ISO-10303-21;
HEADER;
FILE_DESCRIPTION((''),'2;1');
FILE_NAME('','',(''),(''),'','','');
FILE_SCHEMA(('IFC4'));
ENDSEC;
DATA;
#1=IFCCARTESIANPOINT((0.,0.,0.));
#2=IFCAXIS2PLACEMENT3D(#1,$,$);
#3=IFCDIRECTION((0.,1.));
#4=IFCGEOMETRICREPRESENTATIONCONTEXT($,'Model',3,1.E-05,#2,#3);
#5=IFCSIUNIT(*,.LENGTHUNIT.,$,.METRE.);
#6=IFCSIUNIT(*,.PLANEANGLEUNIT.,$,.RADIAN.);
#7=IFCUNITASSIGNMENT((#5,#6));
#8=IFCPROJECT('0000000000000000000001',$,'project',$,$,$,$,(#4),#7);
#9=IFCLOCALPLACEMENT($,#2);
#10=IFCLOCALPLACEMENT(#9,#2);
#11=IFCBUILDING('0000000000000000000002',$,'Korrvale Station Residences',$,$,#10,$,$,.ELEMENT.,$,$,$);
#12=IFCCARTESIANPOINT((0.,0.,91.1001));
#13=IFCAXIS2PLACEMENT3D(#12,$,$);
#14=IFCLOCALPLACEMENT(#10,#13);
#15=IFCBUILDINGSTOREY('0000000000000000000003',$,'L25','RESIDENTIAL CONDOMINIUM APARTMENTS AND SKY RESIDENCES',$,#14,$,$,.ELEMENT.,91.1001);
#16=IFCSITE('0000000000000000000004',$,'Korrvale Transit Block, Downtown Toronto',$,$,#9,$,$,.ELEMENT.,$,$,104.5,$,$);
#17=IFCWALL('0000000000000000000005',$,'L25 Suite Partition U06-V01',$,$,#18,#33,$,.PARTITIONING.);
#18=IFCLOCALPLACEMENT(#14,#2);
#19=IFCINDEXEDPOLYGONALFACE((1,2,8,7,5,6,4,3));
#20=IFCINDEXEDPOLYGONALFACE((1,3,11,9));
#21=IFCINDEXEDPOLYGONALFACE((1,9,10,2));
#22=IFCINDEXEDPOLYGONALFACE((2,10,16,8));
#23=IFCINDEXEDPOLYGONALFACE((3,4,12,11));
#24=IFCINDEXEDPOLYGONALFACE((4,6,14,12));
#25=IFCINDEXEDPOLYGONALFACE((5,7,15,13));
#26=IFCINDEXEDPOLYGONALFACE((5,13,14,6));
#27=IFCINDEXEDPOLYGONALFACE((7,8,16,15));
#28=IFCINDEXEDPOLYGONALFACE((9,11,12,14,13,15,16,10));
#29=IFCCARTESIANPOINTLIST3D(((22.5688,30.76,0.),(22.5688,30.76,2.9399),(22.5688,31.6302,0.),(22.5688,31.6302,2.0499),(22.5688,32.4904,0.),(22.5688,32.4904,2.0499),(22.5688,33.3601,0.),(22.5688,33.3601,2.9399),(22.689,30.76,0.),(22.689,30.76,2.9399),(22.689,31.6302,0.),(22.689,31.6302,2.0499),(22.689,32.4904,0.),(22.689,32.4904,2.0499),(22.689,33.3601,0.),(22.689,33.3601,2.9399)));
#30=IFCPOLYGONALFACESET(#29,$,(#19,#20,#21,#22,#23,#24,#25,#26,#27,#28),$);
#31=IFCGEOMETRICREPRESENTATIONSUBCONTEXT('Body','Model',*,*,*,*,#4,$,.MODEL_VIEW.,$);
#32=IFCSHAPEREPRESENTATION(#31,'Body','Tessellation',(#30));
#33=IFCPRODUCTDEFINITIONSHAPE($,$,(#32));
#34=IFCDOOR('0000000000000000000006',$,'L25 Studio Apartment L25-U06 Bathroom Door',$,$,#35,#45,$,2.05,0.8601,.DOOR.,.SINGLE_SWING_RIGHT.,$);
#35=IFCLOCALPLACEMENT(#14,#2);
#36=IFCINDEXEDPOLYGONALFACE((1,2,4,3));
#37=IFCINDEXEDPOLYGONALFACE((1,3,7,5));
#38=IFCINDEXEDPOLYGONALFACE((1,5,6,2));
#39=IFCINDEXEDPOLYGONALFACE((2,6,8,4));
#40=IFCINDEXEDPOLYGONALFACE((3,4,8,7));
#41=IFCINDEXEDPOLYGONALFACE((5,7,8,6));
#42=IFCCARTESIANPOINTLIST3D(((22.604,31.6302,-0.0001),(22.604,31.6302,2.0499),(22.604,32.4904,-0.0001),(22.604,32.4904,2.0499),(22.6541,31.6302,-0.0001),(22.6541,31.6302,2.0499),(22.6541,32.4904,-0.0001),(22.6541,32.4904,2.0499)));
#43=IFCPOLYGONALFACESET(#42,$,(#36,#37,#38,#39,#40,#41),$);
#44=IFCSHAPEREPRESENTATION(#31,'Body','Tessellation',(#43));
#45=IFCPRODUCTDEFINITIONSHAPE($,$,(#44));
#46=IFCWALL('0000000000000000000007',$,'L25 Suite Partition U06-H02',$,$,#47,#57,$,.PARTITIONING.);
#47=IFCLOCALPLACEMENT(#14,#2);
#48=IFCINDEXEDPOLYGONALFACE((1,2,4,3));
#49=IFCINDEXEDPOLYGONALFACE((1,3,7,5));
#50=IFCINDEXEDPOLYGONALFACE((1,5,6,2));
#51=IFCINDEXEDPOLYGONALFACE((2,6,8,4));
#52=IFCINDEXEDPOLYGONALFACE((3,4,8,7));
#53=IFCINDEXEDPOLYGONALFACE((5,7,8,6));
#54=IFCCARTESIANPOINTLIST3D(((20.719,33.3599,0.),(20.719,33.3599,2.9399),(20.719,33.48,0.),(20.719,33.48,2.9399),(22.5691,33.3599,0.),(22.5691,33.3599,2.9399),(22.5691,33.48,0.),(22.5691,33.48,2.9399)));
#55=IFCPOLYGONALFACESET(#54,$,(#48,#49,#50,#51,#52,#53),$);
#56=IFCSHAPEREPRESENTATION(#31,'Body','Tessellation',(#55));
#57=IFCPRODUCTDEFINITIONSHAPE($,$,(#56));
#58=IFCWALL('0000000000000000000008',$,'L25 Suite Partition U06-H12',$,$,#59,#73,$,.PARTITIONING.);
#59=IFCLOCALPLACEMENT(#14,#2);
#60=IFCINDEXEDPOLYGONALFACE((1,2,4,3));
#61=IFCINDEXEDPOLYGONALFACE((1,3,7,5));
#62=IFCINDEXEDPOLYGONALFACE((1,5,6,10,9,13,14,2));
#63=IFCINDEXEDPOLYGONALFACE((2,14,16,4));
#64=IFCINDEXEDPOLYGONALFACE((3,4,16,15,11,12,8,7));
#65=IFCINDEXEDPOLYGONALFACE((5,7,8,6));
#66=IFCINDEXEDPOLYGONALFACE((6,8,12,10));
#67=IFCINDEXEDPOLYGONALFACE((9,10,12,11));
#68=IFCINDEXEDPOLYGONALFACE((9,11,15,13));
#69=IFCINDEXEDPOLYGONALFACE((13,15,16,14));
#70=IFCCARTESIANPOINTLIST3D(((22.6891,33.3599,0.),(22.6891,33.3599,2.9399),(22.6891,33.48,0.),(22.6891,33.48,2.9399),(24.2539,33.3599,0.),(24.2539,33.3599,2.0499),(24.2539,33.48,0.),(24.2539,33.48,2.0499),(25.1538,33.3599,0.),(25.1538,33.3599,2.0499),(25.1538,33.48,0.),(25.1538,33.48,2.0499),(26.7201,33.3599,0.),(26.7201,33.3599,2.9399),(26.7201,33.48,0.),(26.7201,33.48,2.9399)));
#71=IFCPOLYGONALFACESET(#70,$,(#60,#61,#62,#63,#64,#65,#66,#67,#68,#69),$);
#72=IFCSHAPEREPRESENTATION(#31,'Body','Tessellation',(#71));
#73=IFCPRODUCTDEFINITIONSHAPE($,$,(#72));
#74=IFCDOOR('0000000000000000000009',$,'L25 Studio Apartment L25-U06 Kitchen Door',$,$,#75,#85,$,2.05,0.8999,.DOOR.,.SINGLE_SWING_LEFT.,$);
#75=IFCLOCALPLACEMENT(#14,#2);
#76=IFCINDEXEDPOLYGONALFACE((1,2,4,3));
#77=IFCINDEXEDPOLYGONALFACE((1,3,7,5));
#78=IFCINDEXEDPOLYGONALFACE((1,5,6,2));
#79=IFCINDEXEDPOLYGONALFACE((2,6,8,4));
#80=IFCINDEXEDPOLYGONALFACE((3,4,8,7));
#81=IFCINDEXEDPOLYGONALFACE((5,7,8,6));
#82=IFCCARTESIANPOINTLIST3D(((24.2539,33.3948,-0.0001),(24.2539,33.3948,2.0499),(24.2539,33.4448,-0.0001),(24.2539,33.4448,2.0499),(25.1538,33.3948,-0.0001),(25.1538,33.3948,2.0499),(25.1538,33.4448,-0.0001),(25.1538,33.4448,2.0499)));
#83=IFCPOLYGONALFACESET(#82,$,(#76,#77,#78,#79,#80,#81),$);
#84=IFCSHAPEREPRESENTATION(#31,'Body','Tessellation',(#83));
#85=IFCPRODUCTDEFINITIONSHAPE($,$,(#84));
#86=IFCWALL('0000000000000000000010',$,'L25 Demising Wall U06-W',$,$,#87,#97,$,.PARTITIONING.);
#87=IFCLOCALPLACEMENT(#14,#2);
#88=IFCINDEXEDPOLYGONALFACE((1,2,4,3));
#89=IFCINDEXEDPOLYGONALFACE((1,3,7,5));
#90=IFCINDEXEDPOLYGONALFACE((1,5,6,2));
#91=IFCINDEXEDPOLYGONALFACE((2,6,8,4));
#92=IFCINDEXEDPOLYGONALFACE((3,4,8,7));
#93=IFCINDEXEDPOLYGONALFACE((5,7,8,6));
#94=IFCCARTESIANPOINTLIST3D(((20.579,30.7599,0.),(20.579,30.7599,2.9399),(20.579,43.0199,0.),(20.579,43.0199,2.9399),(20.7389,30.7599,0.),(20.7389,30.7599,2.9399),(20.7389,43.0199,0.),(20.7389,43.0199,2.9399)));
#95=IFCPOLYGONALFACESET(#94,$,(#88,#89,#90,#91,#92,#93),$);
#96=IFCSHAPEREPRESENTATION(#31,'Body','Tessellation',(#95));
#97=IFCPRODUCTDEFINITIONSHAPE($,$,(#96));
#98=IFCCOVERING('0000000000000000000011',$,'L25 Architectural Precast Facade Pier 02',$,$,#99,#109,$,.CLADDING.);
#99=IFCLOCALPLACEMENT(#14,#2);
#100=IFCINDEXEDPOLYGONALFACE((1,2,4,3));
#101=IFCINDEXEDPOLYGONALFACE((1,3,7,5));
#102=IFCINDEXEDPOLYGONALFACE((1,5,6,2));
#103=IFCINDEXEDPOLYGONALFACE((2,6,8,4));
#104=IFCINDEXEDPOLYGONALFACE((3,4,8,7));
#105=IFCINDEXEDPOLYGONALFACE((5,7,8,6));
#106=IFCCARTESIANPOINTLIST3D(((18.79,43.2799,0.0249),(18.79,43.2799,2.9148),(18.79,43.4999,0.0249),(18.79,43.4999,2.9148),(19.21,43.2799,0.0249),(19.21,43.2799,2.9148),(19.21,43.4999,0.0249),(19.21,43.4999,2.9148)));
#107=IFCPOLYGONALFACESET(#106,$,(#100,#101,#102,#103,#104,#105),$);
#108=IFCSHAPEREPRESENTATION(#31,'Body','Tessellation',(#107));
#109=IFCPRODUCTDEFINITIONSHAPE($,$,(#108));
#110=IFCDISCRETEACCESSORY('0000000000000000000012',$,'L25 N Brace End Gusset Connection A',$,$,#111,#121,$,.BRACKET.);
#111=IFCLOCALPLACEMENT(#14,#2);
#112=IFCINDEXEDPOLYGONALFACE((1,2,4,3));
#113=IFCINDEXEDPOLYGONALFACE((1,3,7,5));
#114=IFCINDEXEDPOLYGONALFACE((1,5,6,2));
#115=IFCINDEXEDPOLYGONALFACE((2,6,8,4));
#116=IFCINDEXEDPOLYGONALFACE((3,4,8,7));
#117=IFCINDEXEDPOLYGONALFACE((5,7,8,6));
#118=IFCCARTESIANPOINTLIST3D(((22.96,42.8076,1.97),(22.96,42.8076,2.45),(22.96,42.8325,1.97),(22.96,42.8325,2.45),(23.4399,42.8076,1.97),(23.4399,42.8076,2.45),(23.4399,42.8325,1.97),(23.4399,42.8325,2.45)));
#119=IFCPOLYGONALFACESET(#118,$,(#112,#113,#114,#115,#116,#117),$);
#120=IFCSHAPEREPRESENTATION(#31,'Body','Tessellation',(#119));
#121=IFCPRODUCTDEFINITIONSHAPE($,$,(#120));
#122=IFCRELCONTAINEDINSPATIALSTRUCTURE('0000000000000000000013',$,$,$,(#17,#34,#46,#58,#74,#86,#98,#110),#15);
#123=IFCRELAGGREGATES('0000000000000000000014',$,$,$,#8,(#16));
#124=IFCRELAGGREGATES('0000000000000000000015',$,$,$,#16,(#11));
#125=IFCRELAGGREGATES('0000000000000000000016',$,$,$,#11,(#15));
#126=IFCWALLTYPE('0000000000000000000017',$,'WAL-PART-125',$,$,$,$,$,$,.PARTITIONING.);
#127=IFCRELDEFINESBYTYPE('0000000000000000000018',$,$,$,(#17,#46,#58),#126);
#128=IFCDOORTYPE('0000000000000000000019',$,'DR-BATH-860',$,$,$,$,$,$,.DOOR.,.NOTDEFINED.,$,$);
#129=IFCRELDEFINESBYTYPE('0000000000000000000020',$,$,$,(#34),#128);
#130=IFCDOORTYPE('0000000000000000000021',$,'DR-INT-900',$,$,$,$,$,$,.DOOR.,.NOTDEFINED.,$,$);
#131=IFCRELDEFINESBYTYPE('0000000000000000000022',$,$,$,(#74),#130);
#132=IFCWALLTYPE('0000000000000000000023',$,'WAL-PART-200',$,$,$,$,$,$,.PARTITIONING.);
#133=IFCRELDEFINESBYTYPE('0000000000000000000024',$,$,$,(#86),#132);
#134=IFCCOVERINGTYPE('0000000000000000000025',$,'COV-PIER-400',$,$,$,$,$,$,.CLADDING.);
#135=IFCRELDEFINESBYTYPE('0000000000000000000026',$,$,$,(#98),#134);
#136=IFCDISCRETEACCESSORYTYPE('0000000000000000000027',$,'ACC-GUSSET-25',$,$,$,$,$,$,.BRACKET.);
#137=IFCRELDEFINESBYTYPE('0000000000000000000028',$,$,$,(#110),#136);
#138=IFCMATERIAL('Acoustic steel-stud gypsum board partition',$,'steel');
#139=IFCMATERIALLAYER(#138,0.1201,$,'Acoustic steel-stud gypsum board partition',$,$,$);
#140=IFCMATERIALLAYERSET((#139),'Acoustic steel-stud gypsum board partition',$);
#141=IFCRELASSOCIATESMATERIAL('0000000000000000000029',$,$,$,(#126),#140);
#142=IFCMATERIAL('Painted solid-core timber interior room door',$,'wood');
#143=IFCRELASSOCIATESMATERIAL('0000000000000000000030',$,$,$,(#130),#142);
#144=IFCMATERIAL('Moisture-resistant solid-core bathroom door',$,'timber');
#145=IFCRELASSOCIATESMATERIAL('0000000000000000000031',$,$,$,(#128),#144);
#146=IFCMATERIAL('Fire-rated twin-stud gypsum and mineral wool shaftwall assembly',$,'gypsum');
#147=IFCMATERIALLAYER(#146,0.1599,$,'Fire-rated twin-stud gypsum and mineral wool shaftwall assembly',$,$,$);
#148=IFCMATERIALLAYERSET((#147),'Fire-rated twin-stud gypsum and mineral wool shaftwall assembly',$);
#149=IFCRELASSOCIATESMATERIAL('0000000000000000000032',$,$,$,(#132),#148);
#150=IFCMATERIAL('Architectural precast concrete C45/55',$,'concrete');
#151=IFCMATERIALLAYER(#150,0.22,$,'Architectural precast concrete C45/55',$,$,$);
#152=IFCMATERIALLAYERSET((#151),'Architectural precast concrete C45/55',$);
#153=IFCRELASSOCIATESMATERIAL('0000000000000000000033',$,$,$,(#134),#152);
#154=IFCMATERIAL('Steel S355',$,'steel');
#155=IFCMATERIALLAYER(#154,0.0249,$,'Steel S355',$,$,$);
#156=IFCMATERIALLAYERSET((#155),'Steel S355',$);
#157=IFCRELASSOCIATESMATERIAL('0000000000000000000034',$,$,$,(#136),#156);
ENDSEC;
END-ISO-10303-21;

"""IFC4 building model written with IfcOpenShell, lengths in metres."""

from ifc_helpers import new_model, si_unit, direction, frame, frame_2d, origin, origin_2d, place, context, subcontext, project, spatial, rectangle, extrude, material, layer, layer_set, type_object, element, fill, save


model = new_model("IFC4")

# Units and contexts
model_context = context("Model", 3, precision=1e-05, world=origin(), true_north=direction((0.0, 1.0)))
body_context = subcontext(model_context, "Body", "Model", "MODEL_VIEW")
ifc_project = project(units=[si_unit("LENGTHUNIT", "METRE"), si_unit("PLANEANGLEUNIT", "RADIAN")], contexts=[model_context])

# Site, building, storey
site_placement = place(None, origin())
site = spatial("IfcSite", under=ifc_project, at=site_placement, Name="Korrvale Transit Block, Downtown Toronto", CompositionType="ELEMENT", RefElevation=104.5)
building_placement = place(site_placement, origin())
building = spatial("IfcBuilding", under=site, at=building_placement, Name="Korrvale Station Residences", CompositionType="ELEMENT")
storey_placement = place(building_placement, frame((0.0, 0.0, 91.1001)))
storey = spatial("IfcBuildingStorey", under=building, at=storey_placement, Name="L25", Description="RESIDENTIAL CONDOMINIUM APARTMENTS AND SKY RESIDENCES", CompositionType="ELEMENT", Elevation=91.1001)

# Shared definitions
ifc_material_1 = material(Name="Steel S355", Category="steel")

# Shared definitions
ifc_material_2 = material(Name="Acoustic steel-stud gypsum board partition", Category="steel")
ifc_layer_1 = layer(ifc_material_2, 0.1201, Name="Acoustic steel-stud gypsum board partition")
ifc_layer_set_1 = layer_set([ifc_layer_1], Name="Acoustic steel-stud gypsum board partition")
wall_type_1 = type_object("IfcWallType", Name="WAL-PART-125", PredefinedType="PARTITIONING", material=ifc_layer_set_1)
ifc_material_3 = material(Name="Painted solid-core timber interior room door", Category="wood")
door_type_1 = type_object("IfcDoorType", Name="DR-INT-900", OperationType="NOTDEFINED", PredefinedType="DOOR", material=ifc_material_3)

# Wall, opening, door
wall_1_placement = place(storey_placement, frame((22.6289, 30.76, 0.0), z_axis=(0.0, 0.0, 1.0), x_axis=(0.0, 1.0, 0.0)))
wall_1 = element("IfcWall", 1, at=wall_1_placement, inside=storey, type_object=wall_type_1, Name="L25 Suite Partition U06-V01", PredefinedType="PARTITIONING", context=body_context, shape_type="SweptSolid", body=[
    extrude(rectangle(XDim=2.6001, YDim=0.1201, at=frame_2d((1.3, 0.0))), origin(), (0.0, 0.0, 1.0), 2.9399),
])
opening_1_placement = place(wall_1_placement, frame((0.8701, 0.0, 0.0)))
opening_1 = element("IfcOpeningElement", 2, at=opening_1_placement, cuts=wall_1, PredefinedType="OPENING", context=body_context, shape_type="SweptSolid", body=[
    extrude(rectangle(XDim=0.8601, YDim=2.05, at=frame_2d((0.4302, 1.0249))), frame((0.0, 0.0701, 0.0), z_axis=(0.0, -1.0, 0.0), x_axis=(1.0, 0.0, 0.0)), (0.0, 0.0, 1.0), 0.1401),
])
ifc_material_4 = material(Name="Moisture-resistant solid-core bathroom door", Category="timber")
door_type_2 = type_object("IfcDoorType", Name="DR-BATH-860", OperationType="NOTDEFINED", PredefinedType="DOOR", material=ifc_material_4)
door_1_placement = place(opening_1_placement, origin())
door_1 = element("IfcDoor", 3, at=door_1_placement, inside=storey, type_object=door_type_2, Name="L25 Studio Apartment L25-U06 Bathroom Door", OperationType="SINGLE_SWING_RIGHT", OverallHeight=2.05, OverallWidth=0.8601, PredefinedType="DOOR", context=body_context, shape_type="SweptSolid", body=[
    extrude(rectangle(XDim=0.8601, YDim=2.05, at=frame_2d((0.4302, 1.0249))), frame((0.0, 0.0249, 0.0), z_axis=(0.0, -1.0, 0.0), x_axis=(1.0, 0.0, 0.0)), (0.0, 0.0, 1.0), 0.05),
])
fill(opening_1, door_1)

# Wall
wall_2_placement = place(storey_placement, frame((20.719, 33.4199, 0.0), z_axis=(0.0, 0.0, 1.0), x_axis=(1.0, 0.0, 0.0)))
element("IfcWall", 4, at=wall_2_placement, inside=storey, type_object=wall_type_1, Name="L25 Suite Partition U06-H02", PredefinedType="PARTITIONING", context=body_context, shape_type="SweptSolid", body=[
    extrude(rectangle(XDim=1.8501, YDim=0.1201, at=frame_2d((0.925, 0.0))), origin(), (0.0, 0.0, 1.0), 2.9399),
])

# Wall, opening, door
wall_3_placement = place(storey_placement, frame((22.689, 33.4199, 0.0), z_axis=(0.0, 0.0, 1.0), x_axis=(1.0, 0.0, 0.0)))
wall_3 = element("IfcWall", 5, at=wall_3_placement, inside=storey, type_object=wall_type_1, Name="L25 Suite Partition U06-H12", PredefinedType="PARTITIONING", context=body_context, shape_type="SweptSolid", body=[
    extrude(rectangle(XDim=4.031, YDim=0.1201, at=frame_2d((2.0156, 0.0))), origin(), (0.0, 0.0, 1.0), 2.9399),
])
opening_2_placement = place(wall_3_placement, frame((1.5649, 0.0, 0.0)))
opening_2 = element("IfcOpeningElement", 6, at=opening_2_placement, cuts=wall_3, PredefinedType="OPENING", context=body_context, shape_type="SweptSolid", body=[
    extrude(rectangle(XDim=0.8999, YDim=2.05, at=frame_2d((0.45, 1.0249))), frame((0.0, 0.0701, 0.0), z_axis=(0.0, -1.0, 0.0), x_axis=(1.0, 0.0, 0.0)), (0.0, 0.0, 1.0), 0.1401),
])
door_2_placement = place(opening_2_placement, origin())
door_2 = element("IfcDoor", 7, at=door_2_placement, inside=storey, type_object=door_type_1, Name="L25 Studio Apartment L25-U06 Kitchen Door", OperationType="SINGLE_SWING_LEFT", OverallHeight=2.05, OverallWidth=0.8999, PredefinedType="DOOR", context=body_context, shape_type="SweptSolid", body=[
    extrude(rectangle(XDim=0.8999, YDim=2.05, at=frame_2d((0.45, 1.0249))), frame((0.0, 0.0249, 0.0), z_axis=(0.0, -1.0, 0.0), x_axis=(1.0, 0.0, 0.0)), (0.0, 0.0, 1.0), 0.05),
])
fill(opening_2, door_2)

# Wall
ifc_material_5 = material(Name="Fire-rated twin-stud gypsum and mineral wool shaftwall assembly", Category="gypsum")
ifc_layer_2 = layer(ifc_material_5, 0.1599, Name="Fire-rated twin-stud gypsum and mineral wool shaftwall assembly")
ifc_layer_set_2 = layer_set([ifc_layer_2], Name="Fire-rated twin-stud gypsum and mineral wool shaftwall assembly")
wall_type_2 = type_object("IfcWallType", Name="WAL-PART-200", PredefinedType="PARTITIONING", material=ifc_layer_set_2)
wall_4_placement = place(storey_placement, frame((20.6589, 30.76, 0.0), z_axis=(0.0, 0.0, 1.0), x_axis=(0.0, 1.0, 0.0)))
element("IfcWall", 8, at=wall_4_placement, inside=storey, type_object=wall_type_2, Name="L25 Demising Wall U06-W", PredefinedType="PARTITIONING", context=body_context, shape_type="SweptSolid", body=[
    extrude(rectangle(XDim=12.26, YDim=0.1599, at=frame_2d((6.1299, 0.0))), origin(), (0.0, 0.0, 1.0), 2.9399),
])

# Covering
ifc_material_6 = material(Name="Architectural precast concrete C45/55", Category="concrete")
ifc_layer_3 = layer(ifc_material_6, 0.22, Name="Architectural precast concrete C45/55")
ifc_layer_set_3 = layer_set([ifc_layer_3], Name="Architectural precast concrete C45/55")
covering_type = type_object("IfcCoveringType", Name="COV-PIER-400", PredefinedType="CLADDING", material=ifc_layer_set_3)
covering_placement = place(storey_placement, frame((19.0, 43.3899, 0.0249), z_axis=(0.0, 0.0, 1.0), x_axis=(1.0, 0.0, 0.0)))
element("IfcCovering", 9, at=covering_placement, inside=storey, type_object=covering_type, Name="L25 Architectural Precast Facade Pier 02", PredefinedType="CLADDING", context=body_context, shape_type="SweptSolid", body=[
    extrude(rectangle(XDim=0.4199, YDim=0.22, at=origin_2d()), origin(), (0.0, 0.0, 1.0), 2.8899),
])

# Discrete accessory
ifc_layer_4 = layer(ifc_material_1, 0.0249, Name="Steel S355")
ifc_layer_set_4 = layer_set([ifc_layer_4], Name="Steel S355")
discrete_accessory_type = type_object("IfcDiscreteAccessoryType", Name="ACC-GUSSET-25", PredefinedType="BRACKET", material=ifc_layer_set_4)
discrete_accessory_placement = place(storey_placement, frame((23.2, 42.8201, 1.97), z_axis=(0.0, 0.0, 1.0), x_axis=(1.0, 0.0, 0.0)))
element("IfcDiscreteAccessory", 10, at=discrete_accessory_placement, inside=storey, type_object=discrete_accessory_type, Name="L25 N Brace End Gusset Connection A", PredefinedType="BRACKET", context=body_context, shape_type="SweptSolid", body=[
    extrude(rectangle(XDim=0.48, YDim=0.0249, at=origin_2d()), origin(), (0.0, 0.0, 1.0), 0.48),
])

save(model, "model.ifc")
